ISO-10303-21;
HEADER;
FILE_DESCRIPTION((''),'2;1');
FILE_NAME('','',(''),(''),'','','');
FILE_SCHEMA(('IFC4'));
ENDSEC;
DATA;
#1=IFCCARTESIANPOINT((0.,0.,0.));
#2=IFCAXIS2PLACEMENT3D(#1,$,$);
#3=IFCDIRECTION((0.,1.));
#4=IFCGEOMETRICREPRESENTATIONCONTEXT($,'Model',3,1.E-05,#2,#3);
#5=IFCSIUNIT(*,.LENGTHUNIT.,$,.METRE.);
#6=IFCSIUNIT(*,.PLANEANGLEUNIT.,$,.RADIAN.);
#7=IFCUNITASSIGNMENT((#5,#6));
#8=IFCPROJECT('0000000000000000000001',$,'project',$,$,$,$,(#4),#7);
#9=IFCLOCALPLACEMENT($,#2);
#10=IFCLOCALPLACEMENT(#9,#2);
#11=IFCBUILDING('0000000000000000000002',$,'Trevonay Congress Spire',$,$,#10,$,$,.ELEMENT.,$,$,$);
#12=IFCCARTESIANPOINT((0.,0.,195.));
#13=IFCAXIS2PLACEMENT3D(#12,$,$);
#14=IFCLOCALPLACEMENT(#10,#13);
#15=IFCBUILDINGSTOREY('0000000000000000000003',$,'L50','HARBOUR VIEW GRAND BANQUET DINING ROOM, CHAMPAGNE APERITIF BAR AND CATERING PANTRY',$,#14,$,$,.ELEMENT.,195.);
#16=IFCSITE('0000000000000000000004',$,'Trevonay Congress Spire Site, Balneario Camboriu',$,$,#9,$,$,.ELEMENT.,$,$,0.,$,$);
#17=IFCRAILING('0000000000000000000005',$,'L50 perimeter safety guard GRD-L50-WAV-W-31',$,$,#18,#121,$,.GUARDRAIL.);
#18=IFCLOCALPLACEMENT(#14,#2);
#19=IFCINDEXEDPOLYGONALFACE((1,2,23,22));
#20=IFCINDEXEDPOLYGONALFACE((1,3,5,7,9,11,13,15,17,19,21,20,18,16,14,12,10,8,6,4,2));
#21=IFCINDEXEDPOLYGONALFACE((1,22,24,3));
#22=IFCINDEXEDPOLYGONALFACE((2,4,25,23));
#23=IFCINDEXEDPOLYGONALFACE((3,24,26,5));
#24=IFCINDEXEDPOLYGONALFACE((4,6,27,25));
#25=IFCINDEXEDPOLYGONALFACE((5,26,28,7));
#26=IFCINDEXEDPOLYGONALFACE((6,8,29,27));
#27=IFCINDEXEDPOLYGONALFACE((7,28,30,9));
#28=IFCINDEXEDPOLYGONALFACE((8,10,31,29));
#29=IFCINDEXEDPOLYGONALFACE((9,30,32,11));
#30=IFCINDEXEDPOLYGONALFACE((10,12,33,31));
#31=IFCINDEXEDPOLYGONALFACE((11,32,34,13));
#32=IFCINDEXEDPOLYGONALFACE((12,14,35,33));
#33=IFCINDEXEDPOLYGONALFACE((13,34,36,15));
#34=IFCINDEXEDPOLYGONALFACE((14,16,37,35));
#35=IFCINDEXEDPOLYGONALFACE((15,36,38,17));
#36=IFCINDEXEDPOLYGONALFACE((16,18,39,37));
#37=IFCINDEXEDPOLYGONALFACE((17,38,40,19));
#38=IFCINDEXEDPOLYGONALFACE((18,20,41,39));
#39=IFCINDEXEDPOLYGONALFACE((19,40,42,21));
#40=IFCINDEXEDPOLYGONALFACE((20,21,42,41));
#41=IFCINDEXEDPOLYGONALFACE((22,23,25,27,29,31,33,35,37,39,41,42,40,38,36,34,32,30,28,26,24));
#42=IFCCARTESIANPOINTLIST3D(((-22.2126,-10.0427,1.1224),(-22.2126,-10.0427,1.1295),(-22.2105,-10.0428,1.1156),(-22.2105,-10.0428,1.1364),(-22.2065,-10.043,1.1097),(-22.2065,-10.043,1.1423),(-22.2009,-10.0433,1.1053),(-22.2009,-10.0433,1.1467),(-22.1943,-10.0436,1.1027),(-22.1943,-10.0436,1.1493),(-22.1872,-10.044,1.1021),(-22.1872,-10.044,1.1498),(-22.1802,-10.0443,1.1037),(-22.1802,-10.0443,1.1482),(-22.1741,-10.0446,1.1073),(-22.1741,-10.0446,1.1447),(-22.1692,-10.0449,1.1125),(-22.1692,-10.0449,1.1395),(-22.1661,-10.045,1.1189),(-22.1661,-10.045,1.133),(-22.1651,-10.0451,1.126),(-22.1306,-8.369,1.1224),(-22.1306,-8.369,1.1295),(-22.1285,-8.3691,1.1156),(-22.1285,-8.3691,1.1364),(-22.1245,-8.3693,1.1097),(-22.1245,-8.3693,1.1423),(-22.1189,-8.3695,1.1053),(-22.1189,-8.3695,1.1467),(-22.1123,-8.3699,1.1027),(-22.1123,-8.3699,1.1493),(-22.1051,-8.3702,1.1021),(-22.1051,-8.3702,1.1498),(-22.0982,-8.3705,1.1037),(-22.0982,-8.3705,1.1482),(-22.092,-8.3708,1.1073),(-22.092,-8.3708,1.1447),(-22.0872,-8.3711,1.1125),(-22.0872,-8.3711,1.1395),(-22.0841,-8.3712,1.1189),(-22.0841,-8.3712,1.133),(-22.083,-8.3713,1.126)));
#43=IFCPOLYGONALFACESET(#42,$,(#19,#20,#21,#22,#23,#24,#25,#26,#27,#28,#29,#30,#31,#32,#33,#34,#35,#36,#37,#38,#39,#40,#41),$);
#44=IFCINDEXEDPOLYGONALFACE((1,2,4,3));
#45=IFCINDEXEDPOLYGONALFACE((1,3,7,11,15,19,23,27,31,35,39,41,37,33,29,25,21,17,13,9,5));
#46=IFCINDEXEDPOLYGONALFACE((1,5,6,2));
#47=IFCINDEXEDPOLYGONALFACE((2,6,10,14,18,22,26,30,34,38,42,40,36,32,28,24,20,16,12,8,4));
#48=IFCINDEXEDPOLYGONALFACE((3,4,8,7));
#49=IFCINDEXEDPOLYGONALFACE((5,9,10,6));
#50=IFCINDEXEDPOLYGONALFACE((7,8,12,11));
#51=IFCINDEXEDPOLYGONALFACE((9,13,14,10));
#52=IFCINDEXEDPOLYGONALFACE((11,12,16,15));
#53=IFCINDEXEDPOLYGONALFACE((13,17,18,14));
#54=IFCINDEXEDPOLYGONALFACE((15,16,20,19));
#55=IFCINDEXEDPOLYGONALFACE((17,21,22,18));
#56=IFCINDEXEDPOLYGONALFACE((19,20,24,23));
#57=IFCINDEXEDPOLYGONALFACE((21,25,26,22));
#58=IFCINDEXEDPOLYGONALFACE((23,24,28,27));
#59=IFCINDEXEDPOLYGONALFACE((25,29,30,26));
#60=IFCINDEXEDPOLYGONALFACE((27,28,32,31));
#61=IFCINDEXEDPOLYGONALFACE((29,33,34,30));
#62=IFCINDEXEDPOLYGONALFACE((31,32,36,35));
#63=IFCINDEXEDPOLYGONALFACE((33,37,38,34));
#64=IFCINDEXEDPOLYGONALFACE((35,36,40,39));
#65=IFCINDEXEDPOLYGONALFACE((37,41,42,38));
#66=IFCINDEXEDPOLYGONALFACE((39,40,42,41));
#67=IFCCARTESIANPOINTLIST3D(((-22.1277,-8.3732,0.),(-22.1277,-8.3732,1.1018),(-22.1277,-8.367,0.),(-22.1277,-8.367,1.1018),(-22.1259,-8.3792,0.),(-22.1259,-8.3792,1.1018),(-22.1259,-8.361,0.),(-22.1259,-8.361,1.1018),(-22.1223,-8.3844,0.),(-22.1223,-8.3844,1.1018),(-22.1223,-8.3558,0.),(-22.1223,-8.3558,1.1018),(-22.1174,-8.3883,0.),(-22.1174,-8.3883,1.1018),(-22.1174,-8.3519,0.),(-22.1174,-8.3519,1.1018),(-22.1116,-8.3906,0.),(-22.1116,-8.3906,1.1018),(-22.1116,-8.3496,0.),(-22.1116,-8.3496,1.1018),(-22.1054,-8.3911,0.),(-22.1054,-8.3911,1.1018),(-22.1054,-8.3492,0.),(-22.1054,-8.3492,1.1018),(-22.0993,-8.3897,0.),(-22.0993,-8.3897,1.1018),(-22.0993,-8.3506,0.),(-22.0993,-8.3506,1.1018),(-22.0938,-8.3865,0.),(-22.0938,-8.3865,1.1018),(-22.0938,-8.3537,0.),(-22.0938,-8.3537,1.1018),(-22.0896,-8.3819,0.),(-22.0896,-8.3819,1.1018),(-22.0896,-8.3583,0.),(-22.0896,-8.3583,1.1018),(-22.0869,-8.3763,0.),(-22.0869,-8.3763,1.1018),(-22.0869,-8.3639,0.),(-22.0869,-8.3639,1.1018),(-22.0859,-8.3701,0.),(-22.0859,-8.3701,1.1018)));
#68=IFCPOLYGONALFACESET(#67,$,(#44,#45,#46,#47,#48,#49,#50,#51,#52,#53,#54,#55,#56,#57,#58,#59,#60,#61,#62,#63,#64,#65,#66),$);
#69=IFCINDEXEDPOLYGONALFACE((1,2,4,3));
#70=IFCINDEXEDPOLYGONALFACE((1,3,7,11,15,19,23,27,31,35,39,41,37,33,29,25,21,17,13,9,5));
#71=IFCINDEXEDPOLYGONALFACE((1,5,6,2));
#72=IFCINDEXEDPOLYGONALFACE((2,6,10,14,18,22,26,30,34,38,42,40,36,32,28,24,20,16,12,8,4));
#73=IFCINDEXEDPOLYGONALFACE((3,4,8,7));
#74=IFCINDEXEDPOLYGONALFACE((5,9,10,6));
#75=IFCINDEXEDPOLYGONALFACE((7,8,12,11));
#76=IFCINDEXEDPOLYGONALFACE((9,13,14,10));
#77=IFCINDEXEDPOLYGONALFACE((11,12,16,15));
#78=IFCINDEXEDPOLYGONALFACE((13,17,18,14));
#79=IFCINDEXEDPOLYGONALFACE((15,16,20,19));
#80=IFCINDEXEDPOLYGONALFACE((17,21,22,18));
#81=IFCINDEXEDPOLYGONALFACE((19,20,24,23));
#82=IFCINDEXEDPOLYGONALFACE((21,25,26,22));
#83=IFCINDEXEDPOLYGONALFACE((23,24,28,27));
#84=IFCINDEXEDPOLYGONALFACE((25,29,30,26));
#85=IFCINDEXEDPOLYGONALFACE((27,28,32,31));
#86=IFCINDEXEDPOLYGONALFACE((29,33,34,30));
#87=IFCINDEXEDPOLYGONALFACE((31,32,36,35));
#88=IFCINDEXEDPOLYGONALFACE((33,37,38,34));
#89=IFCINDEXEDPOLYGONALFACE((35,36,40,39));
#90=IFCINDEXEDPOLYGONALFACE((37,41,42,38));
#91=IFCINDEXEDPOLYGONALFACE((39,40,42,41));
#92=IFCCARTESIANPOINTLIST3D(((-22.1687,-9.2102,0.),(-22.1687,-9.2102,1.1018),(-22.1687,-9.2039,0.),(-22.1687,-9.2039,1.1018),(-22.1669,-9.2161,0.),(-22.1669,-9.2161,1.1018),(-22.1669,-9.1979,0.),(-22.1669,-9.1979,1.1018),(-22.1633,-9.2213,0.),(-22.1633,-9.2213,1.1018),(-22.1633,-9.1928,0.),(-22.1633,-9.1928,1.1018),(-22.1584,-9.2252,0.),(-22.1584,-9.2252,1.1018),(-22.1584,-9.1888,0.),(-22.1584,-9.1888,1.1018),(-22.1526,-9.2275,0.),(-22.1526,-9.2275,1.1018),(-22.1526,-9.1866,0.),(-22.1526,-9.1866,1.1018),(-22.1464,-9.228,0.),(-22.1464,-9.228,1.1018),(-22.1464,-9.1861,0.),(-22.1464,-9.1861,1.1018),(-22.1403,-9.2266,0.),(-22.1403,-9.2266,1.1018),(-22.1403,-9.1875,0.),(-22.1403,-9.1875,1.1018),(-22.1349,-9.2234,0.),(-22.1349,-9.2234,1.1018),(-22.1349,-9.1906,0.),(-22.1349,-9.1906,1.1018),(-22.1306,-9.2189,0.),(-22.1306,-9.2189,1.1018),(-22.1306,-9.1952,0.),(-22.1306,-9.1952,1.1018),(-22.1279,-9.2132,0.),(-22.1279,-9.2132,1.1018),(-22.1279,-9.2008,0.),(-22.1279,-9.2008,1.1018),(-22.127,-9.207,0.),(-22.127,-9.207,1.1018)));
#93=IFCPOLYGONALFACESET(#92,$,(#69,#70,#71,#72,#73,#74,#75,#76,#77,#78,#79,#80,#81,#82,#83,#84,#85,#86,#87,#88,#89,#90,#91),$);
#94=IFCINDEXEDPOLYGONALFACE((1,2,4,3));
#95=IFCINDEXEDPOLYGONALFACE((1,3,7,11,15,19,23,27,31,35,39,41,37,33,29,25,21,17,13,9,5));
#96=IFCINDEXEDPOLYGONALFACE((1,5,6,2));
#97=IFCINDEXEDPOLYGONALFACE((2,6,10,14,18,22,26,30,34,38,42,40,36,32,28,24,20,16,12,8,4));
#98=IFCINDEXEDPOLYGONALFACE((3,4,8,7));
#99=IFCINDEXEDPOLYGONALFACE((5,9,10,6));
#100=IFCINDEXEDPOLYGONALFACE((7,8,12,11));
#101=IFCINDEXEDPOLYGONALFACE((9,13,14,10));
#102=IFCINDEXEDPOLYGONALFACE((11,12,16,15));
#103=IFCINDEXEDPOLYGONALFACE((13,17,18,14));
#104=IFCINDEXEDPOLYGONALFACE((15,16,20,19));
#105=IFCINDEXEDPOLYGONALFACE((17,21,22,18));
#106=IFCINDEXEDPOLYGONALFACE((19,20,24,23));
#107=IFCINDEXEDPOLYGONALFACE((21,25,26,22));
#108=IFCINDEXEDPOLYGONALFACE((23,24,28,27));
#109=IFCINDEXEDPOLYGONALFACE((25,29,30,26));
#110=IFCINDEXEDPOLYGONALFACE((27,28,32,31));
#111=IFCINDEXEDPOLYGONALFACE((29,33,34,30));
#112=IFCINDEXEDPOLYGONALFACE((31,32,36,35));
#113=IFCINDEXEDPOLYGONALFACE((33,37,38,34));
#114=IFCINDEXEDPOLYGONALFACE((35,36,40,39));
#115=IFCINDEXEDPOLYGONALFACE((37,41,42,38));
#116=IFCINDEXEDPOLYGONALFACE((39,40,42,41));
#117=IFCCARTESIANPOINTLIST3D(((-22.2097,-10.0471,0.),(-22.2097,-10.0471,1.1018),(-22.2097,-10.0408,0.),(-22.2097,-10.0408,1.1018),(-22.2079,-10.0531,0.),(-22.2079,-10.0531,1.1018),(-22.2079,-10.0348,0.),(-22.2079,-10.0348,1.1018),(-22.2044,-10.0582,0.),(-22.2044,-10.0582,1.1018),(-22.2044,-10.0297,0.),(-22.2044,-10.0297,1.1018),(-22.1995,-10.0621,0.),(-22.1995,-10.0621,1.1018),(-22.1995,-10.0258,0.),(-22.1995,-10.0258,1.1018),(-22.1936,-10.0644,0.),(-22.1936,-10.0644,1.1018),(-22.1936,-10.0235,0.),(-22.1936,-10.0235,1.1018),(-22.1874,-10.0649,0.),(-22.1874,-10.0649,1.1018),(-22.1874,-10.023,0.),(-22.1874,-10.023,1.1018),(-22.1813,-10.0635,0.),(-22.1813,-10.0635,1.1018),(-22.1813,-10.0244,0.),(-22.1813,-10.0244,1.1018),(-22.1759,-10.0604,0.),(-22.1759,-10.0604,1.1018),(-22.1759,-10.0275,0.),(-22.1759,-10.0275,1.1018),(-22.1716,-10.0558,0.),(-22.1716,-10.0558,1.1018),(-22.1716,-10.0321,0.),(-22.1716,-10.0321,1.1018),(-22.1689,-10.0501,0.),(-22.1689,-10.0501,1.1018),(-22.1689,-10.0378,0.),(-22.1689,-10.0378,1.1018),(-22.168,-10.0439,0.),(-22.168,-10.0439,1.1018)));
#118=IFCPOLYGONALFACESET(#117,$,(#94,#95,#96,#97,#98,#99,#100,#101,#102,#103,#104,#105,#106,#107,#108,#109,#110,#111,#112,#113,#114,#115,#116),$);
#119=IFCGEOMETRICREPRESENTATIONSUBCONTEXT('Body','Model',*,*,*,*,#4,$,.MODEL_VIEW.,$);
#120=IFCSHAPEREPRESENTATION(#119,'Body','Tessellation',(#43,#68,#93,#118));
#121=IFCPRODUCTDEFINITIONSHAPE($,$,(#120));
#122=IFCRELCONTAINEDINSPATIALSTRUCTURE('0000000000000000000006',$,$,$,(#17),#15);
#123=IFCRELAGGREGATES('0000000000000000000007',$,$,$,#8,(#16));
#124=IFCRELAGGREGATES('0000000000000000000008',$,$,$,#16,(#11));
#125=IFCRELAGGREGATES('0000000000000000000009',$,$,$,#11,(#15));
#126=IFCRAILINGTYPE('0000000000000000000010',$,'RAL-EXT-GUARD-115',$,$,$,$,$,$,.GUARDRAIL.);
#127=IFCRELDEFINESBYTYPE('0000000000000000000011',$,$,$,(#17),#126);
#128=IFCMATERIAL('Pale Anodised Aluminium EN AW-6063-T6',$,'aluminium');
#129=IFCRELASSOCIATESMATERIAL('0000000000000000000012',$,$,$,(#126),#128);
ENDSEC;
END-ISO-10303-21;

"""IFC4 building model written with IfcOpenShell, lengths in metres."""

from ifc_helpers import new_model, si_unit, direction, frame, origin, origin_2d, place, context, subcontext, project, spatial, circle, extrude, material, type_object, element, save


model = new_model("IFC4")

# Units and contexts
model_context = context("Model", 3, precision=1e-05, world=origin(), true_north=direction((0.0, 1.0)))
body_context = subcontext(model_context, "Body", "Model", "MODEL_VIEW")
ifc_project = project(units=[si_unit("LENGTHUNIT", "METRE"), si_unit("PLANEANGLEUNIT", "RADIAN")], contexts=[model_context])

# Site, building, storey
site_placement = place(None, origin())
site = spatial("IfcSite", under=ifc_project, at=site_placement, Name="Trevonay Congress Spire Site, Balneario Camboriu", CompositionType="ELEMENT", RefElevation=0.0)
building_placement = place(site_placement, origin())
building = spatial("IfcBuilding", under=site, at=building_placement, Name="Trevonay Congress Spire", CompositionType="ELEMENT")
storey_placement = place(building_placement, frame((0.0, 0.0, 195.0)))
storey = spatial("IfcBuildingStorey", under=building, at=storey_placement, Name="L50", Description="HARBOUR VIEW GRAND BANQUET DINING ROOM, CHAMPAGNE APERITIF BAR AND CATERING PANTRY", CompositionType="ELEMENT", Elevation=195.0)

# Shared definitions
ifc_material_1 = material(Name="Pale Anodised Aluminium EN AW-6063-T6", Category="aluminium")

# Railing
railing_type = type_object("IfcRailingType", Name="RAL-EXT-GUARD-115", PredefinedType="GUARDRAIL", material=ifc_material_1)
railing_1_placement = place(storey_placement, frame((-22.1069, -8.3701, 0.0)))
element("IfcRailing", 1, at=railing_1_placement, inside=storey, type_object=railing_type, Name="L50 perimeter safety guard GRD-L50-WAV-W-31", PredefinedType="GUARDRAIL", context=body_context, shape_type="SweptSolid", body=[
    extrude(circle(Radius=0.0239, at=origin_2d()), frame((0.0, 0.0, 1.126), z_axis=(-0.048949, -0.998801, 0.0), x_axis=(0.998801, -0.048949, 0.0)), (0.0, 0.0, 1.0), 1.6758),
    extrude(circle(Radius=0.021, at=origin_2d()), origin(), (0.0, 0.0, 1.0), 1.1018),
    extrude(circle(Radius=0.021, at=origin_2d()), frame((-0.041, -0.8369, 0.0)), (0.0, 0.0, 1.0), 1.1018),
    extrude(circle(Radius=0.021, at=origin_2d()), frame((-0.082, -1.6738, 0.0)), (0.0, 0.0, 1.0), 1.1018),
])

save(model, "model.ifc")
